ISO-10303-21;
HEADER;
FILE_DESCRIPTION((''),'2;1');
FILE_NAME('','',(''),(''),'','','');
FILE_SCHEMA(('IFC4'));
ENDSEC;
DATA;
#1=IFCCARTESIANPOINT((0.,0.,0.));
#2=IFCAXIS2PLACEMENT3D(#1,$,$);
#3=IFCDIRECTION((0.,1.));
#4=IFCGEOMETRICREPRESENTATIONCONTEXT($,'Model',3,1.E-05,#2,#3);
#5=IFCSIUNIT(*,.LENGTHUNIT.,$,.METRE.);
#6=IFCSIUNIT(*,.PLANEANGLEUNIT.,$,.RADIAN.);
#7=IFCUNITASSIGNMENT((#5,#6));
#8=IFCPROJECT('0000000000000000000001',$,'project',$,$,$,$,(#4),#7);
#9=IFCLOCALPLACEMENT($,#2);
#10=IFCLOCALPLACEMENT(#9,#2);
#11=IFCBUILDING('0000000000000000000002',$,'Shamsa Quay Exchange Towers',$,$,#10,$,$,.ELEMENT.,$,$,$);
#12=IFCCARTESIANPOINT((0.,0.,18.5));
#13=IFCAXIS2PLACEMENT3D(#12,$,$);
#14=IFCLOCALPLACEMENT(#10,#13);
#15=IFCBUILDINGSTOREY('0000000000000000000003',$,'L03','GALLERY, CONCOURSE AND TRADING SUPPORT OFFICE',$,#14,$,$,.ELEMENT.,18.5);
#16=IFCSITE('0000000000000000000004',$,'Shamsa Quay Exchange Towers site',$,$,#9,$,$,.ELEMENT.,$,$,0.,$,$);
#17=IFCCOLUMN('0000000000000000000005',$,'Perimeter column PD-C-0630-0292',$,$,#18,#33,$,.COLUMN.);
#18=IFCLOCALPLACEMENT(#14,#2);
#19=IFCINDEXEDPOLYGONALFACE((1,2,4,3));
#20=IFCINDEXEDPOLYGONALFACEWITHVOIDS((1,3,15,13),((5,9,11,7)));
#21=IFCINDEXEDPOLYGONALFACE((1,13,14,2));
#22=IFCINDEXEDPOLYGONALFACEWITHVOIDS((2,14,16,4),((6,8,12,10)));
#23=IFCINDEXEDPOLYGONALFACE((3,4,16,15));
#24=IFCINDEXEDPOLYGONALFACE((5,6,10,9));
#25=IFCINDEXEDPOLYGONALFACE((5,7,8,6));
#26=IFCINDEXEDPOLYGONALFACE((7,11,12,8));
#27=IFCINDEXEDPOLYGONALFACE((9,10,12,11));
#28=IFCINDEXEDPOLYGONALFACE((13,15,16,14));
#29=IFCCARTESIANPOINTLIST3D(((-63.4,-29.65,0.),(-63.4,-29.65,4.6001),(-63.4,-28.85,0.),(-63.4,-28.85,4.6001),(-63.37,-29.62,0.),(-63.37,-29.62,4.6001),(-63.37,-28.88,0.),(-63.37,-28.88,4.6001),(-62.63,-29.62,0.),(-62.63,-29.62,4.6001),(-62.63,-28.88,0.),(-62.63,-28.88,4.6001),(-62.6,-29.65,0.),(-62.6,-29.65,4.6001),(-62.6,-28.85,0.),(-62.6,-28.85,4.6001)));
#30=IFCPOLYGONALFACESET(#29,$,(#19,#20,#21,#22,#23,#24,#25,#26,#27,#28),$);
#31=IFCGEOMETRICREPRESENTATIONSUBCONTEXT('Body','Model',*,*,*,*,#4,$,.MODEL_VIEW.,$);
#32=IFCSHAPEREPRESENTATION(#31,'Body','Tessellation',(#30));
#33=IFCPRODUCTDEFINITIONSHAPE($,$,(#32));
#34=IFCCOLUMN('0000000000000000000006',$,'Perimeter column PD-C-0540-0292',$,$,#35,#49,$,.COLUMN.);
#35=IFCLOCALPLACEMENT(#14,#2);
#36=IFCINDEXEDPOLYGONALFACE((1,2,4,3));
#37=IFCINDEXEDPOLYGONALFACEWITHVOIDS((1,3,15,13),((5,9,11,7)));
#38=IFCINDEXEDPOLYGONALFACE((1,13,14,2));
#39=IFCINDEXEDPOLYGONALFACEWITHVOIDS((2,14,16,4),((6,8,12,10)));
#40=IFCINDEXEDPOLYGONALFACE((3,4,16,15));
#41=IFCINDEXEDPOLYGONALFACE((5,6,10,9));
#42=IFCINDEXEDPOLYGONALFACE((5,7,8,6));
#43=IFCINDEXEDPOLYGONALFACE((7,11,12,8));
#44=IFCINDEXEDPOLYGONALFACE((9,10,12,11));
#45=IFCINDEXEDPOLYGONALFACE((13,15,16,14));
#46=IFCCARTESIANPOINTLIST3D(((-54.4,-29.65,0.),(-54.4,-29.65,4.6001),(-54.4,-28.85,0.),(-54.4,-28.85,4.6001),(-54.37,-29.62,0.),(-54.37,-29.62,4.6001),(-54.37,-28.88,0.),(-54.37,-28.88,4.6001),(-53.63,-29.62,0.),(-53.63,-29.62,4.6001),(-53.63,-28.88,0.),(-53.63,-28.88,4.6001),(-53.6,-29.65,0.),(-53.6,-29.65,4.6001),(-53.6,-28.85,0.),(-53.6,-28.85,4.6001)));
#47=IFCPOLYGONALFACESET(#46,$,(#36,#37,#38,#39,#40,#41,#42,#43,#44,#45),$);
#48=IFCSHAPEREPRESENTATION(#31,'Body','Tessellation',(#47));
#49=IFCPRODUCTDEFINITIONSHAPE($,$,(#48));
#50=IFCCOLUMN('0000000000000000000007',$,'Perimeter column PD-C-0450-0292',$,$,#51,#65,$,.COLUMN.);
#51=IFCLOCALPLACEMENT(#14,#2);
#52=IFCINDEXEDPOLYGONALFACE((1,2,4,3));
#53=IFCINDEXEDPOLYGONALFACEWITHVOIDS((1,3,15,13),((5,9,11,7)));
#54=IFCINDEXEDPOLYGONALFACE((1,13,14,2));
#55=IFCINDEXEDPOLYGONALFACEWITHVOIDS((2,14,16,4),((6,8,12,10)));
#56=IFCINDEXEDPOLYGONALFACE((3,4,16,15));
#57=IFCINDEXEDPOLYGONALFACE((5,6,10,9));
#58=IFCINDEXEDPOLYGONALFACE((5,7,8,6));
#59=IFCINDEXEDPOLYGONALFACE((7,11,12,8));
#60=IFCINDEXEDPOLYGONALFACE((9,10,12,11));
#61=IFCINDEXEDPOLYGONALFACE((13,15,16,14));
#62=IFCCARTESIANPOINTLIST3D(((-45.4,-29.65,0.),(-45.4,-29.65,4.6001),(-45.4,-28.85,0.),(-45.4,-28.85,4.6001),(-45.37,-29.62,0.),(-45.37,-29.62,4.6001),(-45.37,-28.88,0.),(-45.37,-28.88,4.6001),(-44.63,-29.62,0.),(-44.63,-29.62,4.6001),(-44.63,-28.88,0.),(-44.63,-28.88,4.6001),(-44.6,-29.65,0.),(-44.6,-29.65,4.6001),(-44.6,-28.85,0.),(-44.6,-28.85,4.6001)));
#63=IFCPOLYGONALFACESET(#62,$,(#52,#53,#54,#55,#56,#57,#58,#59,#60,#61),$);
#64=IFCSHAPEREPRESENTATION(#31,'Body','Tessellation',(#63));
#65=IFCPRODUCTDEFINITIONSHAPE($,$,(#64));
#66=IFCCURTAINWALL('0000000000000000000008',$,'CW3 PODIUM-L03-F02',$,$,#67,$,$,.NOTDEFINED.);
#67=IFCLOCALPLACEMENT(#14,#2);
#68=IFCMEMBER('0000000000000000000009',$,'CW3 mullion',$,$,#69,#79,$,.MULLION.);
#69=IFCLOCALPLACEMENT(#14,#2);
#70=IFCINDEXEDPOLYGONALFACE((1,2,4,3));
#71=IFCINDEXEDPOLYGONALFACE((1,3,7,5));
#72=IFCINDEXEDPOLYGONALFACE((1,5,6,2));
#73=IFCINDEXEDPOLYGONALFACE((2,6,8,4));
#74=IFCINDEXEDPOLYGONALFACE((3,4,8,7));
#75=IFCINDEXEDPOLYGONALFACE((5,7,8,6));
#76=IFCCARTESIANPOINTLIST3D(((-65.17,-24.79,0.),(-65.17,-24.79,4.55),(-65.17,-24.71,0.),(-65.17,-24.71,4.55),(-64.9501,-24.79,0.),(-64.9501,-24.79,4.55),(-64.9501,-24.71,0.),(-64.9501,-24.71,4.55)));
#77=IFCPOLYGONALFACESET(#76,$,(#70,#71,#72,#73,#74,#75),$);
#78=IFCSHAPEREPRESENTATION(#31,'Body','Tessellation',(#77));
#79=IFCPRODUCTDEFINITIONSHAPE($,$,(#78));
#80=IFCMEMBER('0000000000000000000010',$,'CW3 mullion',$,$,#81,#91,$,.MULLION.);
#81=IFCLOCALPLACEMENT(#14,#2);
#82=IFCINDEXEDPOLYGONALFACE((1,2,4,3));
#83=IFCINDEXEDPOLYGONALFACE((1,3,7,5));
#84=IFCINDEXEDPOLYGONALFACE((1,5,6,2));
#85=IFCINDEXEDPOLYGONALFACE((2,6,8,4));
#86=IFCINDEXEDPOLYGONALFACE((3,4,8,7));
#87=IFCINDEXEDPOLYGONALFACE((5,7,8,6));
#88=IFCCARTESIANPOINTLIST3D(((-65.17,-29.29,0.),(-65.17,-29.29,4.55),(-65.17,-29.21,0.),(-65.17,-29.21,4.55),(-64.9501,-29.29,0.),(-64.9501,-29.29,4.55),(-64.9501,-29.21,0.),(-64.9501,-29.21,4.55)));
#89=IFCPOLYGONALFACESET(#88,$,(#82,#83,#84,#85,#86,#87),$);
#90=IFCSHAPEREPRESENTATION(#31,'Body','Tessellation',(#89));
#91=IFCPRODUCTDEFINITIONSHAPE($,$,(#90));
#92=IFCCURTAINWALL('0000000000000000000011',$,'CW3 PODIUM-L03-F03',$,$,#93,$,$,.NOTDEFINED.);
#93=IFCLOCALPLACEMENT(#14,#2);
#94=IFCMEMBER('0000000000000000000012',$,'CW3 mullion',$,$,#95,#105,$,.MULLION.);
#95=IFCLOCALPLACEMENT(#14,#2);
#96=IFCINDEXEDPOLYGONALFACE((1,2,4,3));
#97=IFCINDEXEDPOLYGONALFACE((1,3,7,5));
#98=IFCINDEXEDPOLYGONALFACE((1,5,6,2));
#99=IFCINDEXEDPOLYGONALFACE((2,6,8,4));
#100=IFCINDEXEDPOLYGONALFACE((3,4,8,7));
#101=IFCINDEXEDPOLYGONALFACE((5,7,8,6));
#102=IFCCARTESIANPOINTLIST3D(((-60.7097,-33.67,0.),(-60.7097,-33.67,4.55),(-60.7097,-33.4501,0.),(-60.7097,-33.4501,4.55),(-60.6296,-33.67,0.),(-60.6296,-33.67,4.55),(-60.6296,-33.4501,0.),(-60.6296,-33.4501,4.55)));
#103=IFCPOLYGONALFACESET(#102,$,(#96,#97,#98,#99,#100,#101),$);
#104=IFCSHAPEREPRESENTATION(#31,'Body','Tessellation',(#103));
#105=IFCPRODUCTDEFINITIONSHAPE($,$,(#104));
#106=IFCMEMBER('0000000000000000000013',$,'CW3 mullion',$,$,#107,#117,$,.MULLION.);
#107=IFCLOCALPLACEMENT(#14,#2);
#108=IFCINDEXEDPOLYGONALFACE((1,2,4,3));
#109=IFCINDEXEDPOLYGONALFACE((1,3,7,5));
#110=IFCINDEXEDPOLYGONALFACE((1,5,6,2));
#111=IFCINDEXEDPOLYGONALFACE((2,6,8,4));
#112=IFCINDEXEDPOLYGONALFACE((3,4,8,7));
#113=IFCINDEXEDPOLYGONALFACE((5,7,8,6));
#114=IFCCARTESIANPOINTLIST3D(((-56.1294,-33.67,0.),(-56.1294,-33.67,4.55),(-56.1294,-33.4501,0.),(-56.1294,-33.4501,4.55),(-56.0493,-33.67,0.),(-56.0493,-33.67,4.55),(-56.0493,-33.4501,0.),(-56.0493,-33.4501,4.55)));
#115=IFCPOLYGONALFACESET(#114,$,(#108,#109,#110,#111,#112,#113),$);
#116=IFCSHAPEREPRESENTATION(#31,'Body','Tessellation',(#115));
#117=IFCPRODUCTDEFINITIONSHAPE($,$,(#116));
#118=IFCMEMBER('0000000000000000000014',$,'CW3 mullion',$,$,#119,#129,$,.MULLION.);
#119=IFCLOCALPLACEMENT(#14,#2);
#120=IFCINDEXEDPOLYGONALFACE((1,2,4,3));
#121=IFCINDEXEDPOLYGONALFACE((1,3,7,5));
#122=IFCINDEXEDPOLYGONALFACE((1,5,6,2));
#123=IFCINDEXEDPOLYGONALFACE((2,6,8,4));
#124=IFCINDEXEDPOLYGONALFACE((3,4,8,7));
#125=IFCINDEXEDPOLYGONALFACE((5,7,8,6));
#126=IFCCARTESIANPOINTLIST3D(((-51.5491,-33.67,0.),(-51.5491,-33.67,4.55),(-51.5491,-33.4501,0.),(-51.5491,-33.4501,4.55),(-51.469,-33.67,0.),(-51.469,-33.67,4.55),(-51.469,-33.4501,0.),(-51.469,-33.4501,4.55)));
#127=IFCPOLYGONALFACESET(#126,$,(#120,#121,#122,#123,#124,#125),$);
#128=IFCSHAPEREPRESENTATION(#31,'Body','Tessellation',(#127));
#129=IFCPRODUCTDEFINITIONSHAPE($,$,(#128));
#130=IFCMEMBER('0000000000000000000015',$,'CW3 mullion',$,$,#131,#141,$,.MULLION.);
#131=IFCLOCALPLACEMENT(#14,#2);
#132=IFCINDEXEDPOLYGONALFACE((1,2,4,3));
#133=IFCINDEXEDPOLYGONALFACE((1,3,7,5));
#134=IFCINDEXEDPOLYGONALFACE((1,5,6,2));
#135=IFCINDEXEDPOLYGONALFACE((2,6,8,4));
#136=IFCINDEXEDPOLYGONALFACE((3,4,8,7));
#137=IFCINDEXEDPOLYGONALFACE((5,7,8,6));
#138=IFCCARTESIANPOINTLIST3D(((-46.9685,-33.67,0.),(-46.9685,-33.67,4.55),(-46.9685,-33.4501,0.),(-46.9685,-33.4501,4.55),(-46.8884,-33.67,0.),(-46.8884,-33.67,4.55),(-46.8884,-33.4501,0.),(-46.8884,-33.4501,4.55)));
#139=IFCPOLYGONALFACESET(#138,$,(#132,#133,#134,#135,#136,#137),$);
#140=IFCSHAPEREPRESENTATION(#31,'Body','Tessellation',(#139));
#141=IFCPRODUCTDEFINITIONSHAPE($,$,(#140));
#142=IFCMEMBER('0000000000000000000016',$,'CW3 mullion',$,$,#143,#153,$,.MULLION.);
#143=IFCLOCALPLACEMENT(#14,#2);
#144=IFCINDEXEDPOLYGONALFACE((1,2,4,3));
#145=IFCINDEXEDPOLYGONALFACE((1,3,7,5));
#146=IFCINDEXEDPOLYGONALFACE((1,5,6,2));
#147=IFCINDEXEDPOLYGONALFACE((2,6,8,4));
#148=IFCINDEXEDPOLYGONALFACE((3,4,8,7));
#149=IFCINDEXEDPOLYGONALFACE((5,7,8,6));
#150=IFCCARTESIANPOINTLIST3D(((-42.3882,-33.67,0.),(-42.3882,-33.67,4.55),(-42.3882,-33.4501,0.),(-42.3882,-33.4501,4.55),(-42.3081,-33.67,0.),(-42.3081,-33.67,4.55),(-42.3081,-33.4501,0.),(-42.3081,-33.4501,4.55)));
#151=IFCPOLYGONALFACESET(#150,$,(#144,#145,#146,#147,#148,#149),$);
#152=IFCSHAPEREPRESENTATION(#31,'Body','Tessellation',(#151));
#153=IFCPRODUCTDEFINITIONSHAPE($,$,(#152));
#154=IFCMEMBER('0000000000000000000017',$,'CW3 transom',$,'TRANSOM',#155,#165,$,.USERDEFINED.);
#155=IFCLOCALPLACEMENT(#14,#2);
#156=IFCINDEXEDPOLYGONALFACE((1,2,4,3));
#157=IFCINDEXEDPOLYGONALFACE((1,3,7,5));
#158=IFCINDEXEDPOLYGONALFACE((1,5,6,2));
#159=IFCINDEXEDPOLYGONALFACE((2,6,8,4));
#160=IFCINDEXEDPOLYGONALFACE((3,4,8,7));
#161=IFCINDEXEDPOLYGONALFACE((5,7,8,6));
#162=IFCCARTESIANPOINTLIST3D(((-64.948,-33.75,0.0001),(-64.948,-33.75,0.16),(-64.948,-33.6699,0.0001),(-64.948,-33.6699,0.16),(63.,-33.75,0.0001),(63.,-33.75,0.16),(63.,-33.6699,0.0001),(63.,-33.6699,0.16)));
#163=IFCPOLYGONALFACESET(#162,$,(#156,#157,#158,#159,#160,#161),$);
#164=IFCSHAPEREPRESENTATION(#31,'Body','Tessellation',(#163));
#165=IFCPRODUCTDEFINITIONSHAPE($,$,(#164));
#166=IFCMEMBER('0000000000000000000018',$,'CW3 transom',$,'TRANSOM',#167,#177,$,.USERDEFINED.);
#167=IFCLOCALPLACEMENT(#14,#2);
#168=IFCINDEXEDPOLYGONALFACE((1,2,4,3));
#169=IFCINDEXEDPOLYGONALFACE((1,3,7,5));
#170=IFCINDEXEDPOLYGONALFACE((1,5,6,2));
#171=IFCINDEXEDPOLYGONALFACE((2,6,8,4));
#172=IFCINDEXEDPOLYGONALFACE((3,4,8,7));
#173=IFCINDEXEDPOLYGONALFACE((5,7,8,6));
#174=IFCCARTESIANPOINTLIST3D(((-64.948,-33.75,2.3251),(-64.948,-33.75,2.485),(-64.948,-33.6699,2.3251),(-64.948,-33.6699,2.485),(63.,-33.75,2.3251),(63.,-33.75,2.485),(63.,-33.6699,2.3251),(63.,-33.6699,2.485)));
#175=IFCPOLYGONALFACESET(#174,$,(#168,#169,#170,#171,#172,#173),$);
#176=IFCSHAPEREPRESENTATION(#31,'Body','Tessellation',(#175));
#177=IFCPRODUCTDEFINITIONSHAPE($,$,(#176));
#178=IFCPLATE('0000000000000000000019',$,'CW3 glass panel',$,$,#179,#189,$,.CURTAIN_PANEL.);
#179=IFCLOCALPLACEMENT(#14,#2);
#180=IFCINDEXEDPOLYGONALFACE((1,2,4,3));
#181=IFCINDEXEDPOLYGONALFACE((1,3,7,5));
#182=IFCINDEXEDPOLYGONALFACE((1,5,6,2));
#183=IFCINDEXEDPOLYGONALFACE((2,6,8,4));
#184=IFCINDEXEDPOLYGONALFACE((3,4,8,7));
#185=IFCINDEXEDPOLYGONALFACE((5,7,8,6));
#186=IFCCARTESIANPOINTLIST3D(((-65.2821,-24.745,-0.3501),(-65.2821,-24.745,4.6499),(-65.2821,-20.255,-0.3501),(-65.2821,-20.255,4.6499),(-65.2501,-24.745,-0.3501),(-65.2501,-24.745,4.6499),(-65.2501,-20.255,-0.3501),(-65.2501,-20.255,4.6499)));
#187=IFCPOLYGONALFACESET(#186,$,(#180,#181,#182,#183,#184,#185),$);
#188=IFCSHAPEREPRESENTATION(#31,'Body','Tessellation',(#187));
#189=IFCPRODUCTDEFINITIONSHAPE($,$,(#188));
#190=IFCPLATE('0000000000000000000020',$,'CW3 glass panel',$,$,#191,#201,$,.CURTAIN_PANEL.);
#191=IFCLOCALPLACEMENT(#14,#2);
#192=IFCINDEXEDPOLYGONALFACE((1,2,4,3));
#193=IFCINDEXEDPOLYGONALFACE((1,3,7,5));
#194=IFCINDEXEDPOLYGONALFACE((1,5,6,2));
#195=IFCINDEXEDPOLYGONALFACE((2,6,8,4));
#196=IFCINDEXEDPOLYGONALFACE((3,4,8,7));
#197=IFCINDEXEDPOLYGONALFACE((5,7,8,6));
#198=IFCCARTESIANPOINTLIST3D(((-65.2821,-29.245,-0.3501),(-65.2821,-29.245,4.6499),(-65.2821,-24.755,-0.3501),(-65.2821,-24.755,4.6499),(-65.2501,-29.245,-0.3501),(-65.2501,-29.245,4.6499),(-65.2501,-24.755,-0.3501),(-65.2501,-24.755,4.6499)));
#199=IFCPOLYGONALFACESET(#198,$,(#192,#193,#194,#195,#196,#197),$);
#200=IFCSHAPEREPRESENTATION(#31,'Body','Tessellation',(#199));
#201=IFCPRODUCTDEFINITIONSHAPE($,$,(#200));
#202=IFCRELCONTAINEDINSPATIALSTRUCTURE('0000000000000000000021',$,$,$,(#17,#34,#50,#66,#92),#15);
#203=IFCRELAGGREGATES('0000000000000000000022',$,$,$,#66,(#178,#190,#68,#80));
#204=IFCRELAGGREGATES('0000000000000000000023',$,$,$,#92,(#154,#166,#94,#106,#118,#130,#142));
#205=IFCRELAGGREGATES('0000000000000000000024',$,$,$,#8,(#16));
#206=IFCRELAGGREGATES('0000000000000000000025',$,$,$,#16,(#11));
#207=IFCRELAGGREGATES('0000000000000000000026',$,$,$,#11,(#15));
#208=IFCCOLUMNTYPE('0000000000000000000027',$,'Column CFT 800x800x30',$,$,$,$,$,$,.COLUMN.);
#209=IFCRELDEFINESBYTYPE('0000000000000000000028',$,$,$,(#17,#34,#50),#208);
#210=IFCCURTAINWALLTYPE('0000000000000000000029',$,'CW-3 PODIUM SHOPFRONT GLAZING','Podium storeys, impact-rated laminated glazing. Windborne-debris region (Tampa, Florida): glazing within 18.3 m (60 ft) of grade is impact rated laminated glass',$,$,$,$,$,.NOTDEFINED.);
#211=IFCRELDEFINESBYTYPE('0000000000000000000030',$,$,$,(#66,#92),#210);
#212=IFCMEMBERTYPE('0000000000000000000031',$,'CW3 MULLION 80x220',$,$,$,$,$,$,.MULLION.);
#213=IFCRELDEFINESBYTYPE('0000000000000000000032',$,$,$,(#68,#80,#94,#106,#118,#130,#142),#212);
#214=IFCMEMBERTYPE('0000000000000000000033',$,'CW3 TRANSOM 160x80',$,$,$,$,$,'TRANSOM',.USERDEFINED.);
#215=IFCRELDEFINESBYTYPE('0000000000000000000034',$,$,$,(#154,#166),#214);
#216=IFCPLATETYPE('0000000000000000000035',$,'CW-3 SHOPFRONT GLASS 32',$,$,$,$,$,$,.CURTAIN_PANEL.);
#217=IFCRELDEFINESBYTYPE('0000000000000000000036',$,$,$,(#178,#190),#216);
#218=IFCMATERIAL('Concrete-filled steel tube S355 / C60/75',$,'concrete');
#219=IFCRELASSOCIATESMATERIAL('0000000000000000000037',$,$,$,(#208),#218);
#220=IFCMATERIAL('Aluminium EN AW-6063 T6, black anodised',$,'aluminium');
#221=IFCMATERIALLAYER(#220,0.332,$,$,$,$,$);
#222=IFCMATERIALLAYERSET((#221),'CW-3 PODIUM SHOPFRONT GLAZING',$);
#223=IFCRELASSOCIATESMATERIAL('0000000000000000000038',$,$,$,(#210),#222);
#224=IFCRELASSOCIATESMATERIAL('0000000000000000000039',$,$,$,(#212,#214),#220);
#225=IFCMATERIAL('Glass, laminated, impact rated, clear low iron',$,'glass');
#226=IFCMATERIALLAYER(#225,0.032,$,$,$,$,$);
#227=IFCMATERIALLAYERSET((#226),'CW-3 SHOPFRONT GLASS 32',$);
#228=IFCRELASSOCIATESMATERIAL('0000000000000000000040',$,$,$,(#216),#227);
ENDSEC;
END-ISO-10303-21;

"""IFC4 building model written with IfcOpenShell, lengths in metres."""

from ifc_helpers import new_model, si_unit, direction, frame, origin, origin_2d, place, context, subcontext, project, spatial, rectangle, hollow_rectangle, extrude, material, layer, layer_set, material_profile, profile_set, type_object, element, aggregate, save


model = new_model("IFC4")

# Units and contexts
model_context = context("Model", 3, precision=1e-05, world=origin(), true_north=direction((0.0, 1.0)))
body_context = subcontext(model_context, "Body", "Model", "MODEL_VIEW")
ifc_project = project(units=[si_unit("LENGTHUNIT", "METRE"), si_unit("PLANEANGLEUNIT", "RADIAN")], contexts=[model_context])

# Site, building, storey
site_placement = place(None, origin())
site = spatial("IfcSite", under=ifc_project, at=site_placement, Name="Shamsa Quay Exchange Towers site", CompositionType="ELEMENT", RefElevation=0.0)
building_placement = place(site_placement, origin())
building = spatial("IfcBuilding", under=site, at=building_placement, Name="Shamsa Quay Exchange Towers", CompositionType="ELEMENT")
storey_placement = place(building_placement, frame((0.0, 0.0, 18.5)))
storey = spatial("IfcBuildingStorey", under=building, at=storey_placement, Name="L03", Description="GALLERY, CONCOURSE AND TRADING SUPPORT OFFICE", CompositionType="ELEMENT", Elevation=18.5)

# Columns
ifc_material_1 = material(Name="Concrete-filled steel tube S355 / C60/75", Category="concrete")
ifc_material_profile_1 = material_profile(ifc_material_1, hollow_rectangle(XDim=0.8, YDim=0.8, WallThickness=0.03, at=origin_2d()), Name="CFT 800x800x30")
ifc_profile_set_1 = profile_set([ifc_material_profile_1], Name="Concrete-filled steel tube S355 / C60/75")
column_type = type_object("IfcColumnType", Name="Column CFT 800x800x30", PredefinedType="COLUMN", material=ifc_profile_set_1)
for number, where, name in (
    (1, (-63.0, -29.25, 0.0), "Perimeter column PD-C-0630-0292"),
    (2, (-54.0, -29.25, 0.0), "Perimeter column PD-C-0540-0292"),
    (3, (-45.0, -29.25, 0.0), "Perimeter column PD-C-0450-0292"),
):
    element("IfcColumn", number, at=place(storey_placement, frame(where)), inside=storey, type_object=column_type, Name=name, PredefinedType="COLUMN", context=body_context, shape_type="SweptSolid", body=[
        extrude(hollow_rectangle(XDim=0.8, YDim=0.8, WallThickness=0.03, at=origin_2d()), origin(), (0.0, 0.0, 1.0), 4.6001),
    ])

# Curtain walls, members
ifc_material_2 = material(Name="Aluminium EN AW-6063 T6, black anodised", Category="aluminium")
ifc_layer_1 = layer(ifc_material_2, 0.332)
ifc_layer_set_1 = layer_set([ifc_layer_1], Name="CW-3 PODIUM SHOPFRONT GLAZING")
curtain_wall_type = type_object("IfcCurtainWallType", Name="CW-3 PODIUM SHOPFRONT GLAZING", Description="Podium storeys, impact-rated laminated glazing. Windborne-debris region (Tampa, Florida): glazing within 18.3 m (60 ft) of grade is impact rated laminated glass", PredefinedType="NOTDEFINED", material=ifc_layer_set_1)
curtain_wall_1_placement = place(storey_placement, origin())
curtain_wall_1 = element("IfcCurtainWall", 4, at=curtain_wall_1_placement, inside=storey, type_object=curtain_wall_type, Name="CW3 PODIUM-L03-F02", PredefinedType="NOTDEFINED")
ifc_material_profile_2 = material_profile(ifc_material_2, rectangle(XDim=0.22, YDim=0.0801, at=origin_2d()), Name="MU80x220")
ifc_profile_set_2 = profile_set([ifc_material_profile_2], Name="Aluminium EN AW-6063 T6, black anodised")
member_type_1 = type_object("IfcMemberType", Name="CW3 MULLION 80x220", PredefinedType="MULLION", material=ifc_profile_set_2)
member_1_placement = place(storey_placement, frame((-65.0601, -24.75, 0.0)))
member_1 = element("IfcMember", 5, at=member_1_placement, type_object=member_type_1, Name="CW3 mullion", PredefinedType="MULLION", context=body_context, shape_type="SweptSolid", body=[
    extrude(rectangle(XDim=0.22, YDim=0.0801, at=origin_2d()), origin(), (0.0, 0.0, 1.0), 4.55),
])
member_2_placement = place(storey_placement, frame((-65.0601, -29.25, 0.0)))
member_2 = element("IfcMember", 6, at=member_2_placement, type_object=member_type_1, Name="CW3 mullion", PredefinedType="MULLION", context=body_context, shape_type="SweptSolid", body=[
    extrude(rectangle(XDim=0.22, YDim=0.0801, at=origin_2d()), origin(), (0.0, 0.0, 1.0), 4.55),
])
curtain_wall_2_placement = place(storey_placement, origin())
curtain_wall_2 = element("IfcCurtainWall", 7, at=curtain_wall_2_placement, inside=storey, type_object=curtain_wall_type, Name="CW3 PODIUM-L03-F03", PredefinedType="NOTDEFINED")
member_3_placement = place(storey_placement, frame((-60.6697, -33.5601, 0.0), z_axis=(0.0, 0.0, 1.0), x_axis=(0.0, 1.0, 0.0)))
member_3 = element("IfcMember", 8, at=member_3_placement, type_object=member_type_1, Name="CW3 mullion", PredefinedType="MULLION", context=body_context, shape_type="SweptSolid", body=[
    extrude(rectangle(XDim=0.22, YDim=0.0801, at=origin_2d()), origin(), (0.0, 0.0, 1.0), 4.55),
])
member_4_placement = place(storey_placement, frame((-56.0894, -33.5601, 0.0), z_axis=(0.0, 0.0, 1.0), x_axis=(0.0, 1.0, 0.0)))
member_4 = element("IfcMember", 9, at=member_4_placement, type_object=member_type_1, Name="CW3 mullion", PredefinedType="MULLION", context=body_context, shape_type="SweptSolid", body=[
    extrude(rectangle(XDim=0.22, YDim=0.0801, at=origin_2d()), origin(), (0.0, 0.0, 1.0), 4.55),
])
member_5_placement = place(storey_placement, frame((-51.509, -33.5601, 0.0), z_axis=(0.0, 0.0, 1.0), x_axis=(0.0, 1.0, 0.0)))
member_5 = element("IfcMember", 10, at=member_5_placement, type_object=member_type_1, Name="CW3 mullion", PredefinedType="MULLION", context=body_context, shape_type="SweptSolid", body=[
    extrude(rectangle(XDim=0.22, YDim=0.0801, at=origin_2d()), origin(), (0.0, 0.0, 1.0), 4.55),
])
member_6_placement = place(storey_placement, frame((-46.9285, -33.5601, 0.0), z_axis=(0.0, 0.0, 1.0), x_axis=(0.0, 1.0, 0.0)))
member_6 = element("IfcMember", 11, at=member_6_placement, type_object=member_type_1, Name="CW3 mullion", PredefinedType="MULLION", context=body_context, shape_type="SweptSolid", body=[
    extrude(rectangle(XDim=0.22, YDim=0.0801, at=origin_2d()), origin(), (0.0, 0.0, 1.0), 4.55),
])
member_7_placement = place(storey_placement, frame((-42.3481, -33.5601, 0.0), z_axis=(0.0, 0.0, 1.0), x_axis=(0.0, 1.0, 0.0)))
member_7 = element("IfcMember", 12, at=member_7_placement, type_object=member_type_1, Name="CW3 mullion", PredefinedType="MULLION", context=body_context, shape_type="SweptSolid", body=[
    extrude(rectangle(XDim=0.22, YDim=0.0801, at=origin_2d()), origin(), (0.0, 0.0, 1.0), 4.55),
])
ifc_material_profile_3 = material_profile(ifc_material_2, rectangle(XDim=0.0801, YDim=0.1599, at=origin_2d()), Name="TR160x80")
ifc_profile_set_3 = profile_set([ifc_material_profile_3], Name="Aluminium EN AW-6063 T6, black anodised")
member_type_2 = type_object("IfcMemberType", Name="CW3 TRANSOM 160x80", ElementType="TRANSOM", PredefinedType="USERDEFINED", material=ifc_profile_set_3)
member_8_placement = place(storey_placement, frame((-64.948, -33.71, 0.0801), z_axis=(1.0, 0.0, 0.0), x_axis=(0.0, 1.0, 0.0)))
member_8 = element("IfcMember", 13, at=member_8_placement, type_object=member_type_2, Name="CW3 transom", ObjectType="TRANSOM", PredefinedType="USERDEFINED", context=body_context, shape_type="SweptSolid", body=[
    extrude(rectangle(XDim=0.0801, YDim=0.1599, at=origin_2d()), origin(), (0.0, 0.0, 1.0), 127.948),
])
member_9_placement = place(storey_placement, frame((-64.948, -33.71, 2.405), z_axis=(1.0, 0.0, 0.0), x_axis=(0.0, 1.0, 0.0)))
member_9 = element("IfcMember", 14, at=member_9_placement, type_object=member_type_2, Name="CW3 transom", ObjectType="TRANSOM", PredefinedType="USERDEFINED", context=body_context, shape_type="SweptSolid", body=[
    extrude(rectangle(XDim=0.0801, YDim=0.1599, at=origin_2d()), origin(), (0.0, 0.0, 1.0), 127.948),
])

# Plates
ifc_material_3 = material(Name="Glass, laminated, impact rated, clear low iron", Category="glass")
ifc_layer_2 = layer(ifc_material_3, 0.032)
ifc_layer_set_2 = layer_set([ifc_layer_2], Name="CW-3 SHOPFRONT GLASS 32")
plate_type = type_object("IfcPlateType", Name="CW-3 SHOPFRONT GLASS 32", PredefinedType="CURTAIN_PANEL", material=ifc_layer_set_2)
plate_1_placement = place(storey_placement, frame((-65.2661, -22.5, -0.3501), z_axis=(0.0, 0.0, 1.0), x_axis=(0.0, -1.0, 0.0)))
plate_1 = element("IfcPlate", 15, at=plate_1_placement, type_object=plate_type, Name="CW3 glass panel", PredefinedType="CURTAIN_PANEL", context=body_context, shape_type="SweptSolid", body=[
    extrude(rectangle(XDim=4.49, YDim=0.032, at=origin_2d()), origin(), (0.0, 0.0, 1.0), 5.0),
])
plate_2_placement = place(storey_placement, frame((-65.2661, -27.0, -0.3501), z_axis=(0.0, 0.0, 1.0), x_axis=(0.0, -1.0, 0.0)))
plate_2 = element("IfcPlate", 16, at=plate_2_placement, type_object=plate_type, Name="CW3 glass panel", PredefinedType="CURTAIN_PANEL", context=body_context, shape_type="SweptSolid", body=[
    extrude(rectangle(XDim=4.49, YDim=0.032, at=origin_2d()), origin(), (0.0, 0.0, 1.0), 5.0),
])
aggregate(curtain_wall_1, [plate_1, plate_2, member_1, member_2])
aggregate(curtain_wall_2, [member_8, member_9, member_3, member_4, member_5, member_6, member_7])

save(model, "model.ifc")
